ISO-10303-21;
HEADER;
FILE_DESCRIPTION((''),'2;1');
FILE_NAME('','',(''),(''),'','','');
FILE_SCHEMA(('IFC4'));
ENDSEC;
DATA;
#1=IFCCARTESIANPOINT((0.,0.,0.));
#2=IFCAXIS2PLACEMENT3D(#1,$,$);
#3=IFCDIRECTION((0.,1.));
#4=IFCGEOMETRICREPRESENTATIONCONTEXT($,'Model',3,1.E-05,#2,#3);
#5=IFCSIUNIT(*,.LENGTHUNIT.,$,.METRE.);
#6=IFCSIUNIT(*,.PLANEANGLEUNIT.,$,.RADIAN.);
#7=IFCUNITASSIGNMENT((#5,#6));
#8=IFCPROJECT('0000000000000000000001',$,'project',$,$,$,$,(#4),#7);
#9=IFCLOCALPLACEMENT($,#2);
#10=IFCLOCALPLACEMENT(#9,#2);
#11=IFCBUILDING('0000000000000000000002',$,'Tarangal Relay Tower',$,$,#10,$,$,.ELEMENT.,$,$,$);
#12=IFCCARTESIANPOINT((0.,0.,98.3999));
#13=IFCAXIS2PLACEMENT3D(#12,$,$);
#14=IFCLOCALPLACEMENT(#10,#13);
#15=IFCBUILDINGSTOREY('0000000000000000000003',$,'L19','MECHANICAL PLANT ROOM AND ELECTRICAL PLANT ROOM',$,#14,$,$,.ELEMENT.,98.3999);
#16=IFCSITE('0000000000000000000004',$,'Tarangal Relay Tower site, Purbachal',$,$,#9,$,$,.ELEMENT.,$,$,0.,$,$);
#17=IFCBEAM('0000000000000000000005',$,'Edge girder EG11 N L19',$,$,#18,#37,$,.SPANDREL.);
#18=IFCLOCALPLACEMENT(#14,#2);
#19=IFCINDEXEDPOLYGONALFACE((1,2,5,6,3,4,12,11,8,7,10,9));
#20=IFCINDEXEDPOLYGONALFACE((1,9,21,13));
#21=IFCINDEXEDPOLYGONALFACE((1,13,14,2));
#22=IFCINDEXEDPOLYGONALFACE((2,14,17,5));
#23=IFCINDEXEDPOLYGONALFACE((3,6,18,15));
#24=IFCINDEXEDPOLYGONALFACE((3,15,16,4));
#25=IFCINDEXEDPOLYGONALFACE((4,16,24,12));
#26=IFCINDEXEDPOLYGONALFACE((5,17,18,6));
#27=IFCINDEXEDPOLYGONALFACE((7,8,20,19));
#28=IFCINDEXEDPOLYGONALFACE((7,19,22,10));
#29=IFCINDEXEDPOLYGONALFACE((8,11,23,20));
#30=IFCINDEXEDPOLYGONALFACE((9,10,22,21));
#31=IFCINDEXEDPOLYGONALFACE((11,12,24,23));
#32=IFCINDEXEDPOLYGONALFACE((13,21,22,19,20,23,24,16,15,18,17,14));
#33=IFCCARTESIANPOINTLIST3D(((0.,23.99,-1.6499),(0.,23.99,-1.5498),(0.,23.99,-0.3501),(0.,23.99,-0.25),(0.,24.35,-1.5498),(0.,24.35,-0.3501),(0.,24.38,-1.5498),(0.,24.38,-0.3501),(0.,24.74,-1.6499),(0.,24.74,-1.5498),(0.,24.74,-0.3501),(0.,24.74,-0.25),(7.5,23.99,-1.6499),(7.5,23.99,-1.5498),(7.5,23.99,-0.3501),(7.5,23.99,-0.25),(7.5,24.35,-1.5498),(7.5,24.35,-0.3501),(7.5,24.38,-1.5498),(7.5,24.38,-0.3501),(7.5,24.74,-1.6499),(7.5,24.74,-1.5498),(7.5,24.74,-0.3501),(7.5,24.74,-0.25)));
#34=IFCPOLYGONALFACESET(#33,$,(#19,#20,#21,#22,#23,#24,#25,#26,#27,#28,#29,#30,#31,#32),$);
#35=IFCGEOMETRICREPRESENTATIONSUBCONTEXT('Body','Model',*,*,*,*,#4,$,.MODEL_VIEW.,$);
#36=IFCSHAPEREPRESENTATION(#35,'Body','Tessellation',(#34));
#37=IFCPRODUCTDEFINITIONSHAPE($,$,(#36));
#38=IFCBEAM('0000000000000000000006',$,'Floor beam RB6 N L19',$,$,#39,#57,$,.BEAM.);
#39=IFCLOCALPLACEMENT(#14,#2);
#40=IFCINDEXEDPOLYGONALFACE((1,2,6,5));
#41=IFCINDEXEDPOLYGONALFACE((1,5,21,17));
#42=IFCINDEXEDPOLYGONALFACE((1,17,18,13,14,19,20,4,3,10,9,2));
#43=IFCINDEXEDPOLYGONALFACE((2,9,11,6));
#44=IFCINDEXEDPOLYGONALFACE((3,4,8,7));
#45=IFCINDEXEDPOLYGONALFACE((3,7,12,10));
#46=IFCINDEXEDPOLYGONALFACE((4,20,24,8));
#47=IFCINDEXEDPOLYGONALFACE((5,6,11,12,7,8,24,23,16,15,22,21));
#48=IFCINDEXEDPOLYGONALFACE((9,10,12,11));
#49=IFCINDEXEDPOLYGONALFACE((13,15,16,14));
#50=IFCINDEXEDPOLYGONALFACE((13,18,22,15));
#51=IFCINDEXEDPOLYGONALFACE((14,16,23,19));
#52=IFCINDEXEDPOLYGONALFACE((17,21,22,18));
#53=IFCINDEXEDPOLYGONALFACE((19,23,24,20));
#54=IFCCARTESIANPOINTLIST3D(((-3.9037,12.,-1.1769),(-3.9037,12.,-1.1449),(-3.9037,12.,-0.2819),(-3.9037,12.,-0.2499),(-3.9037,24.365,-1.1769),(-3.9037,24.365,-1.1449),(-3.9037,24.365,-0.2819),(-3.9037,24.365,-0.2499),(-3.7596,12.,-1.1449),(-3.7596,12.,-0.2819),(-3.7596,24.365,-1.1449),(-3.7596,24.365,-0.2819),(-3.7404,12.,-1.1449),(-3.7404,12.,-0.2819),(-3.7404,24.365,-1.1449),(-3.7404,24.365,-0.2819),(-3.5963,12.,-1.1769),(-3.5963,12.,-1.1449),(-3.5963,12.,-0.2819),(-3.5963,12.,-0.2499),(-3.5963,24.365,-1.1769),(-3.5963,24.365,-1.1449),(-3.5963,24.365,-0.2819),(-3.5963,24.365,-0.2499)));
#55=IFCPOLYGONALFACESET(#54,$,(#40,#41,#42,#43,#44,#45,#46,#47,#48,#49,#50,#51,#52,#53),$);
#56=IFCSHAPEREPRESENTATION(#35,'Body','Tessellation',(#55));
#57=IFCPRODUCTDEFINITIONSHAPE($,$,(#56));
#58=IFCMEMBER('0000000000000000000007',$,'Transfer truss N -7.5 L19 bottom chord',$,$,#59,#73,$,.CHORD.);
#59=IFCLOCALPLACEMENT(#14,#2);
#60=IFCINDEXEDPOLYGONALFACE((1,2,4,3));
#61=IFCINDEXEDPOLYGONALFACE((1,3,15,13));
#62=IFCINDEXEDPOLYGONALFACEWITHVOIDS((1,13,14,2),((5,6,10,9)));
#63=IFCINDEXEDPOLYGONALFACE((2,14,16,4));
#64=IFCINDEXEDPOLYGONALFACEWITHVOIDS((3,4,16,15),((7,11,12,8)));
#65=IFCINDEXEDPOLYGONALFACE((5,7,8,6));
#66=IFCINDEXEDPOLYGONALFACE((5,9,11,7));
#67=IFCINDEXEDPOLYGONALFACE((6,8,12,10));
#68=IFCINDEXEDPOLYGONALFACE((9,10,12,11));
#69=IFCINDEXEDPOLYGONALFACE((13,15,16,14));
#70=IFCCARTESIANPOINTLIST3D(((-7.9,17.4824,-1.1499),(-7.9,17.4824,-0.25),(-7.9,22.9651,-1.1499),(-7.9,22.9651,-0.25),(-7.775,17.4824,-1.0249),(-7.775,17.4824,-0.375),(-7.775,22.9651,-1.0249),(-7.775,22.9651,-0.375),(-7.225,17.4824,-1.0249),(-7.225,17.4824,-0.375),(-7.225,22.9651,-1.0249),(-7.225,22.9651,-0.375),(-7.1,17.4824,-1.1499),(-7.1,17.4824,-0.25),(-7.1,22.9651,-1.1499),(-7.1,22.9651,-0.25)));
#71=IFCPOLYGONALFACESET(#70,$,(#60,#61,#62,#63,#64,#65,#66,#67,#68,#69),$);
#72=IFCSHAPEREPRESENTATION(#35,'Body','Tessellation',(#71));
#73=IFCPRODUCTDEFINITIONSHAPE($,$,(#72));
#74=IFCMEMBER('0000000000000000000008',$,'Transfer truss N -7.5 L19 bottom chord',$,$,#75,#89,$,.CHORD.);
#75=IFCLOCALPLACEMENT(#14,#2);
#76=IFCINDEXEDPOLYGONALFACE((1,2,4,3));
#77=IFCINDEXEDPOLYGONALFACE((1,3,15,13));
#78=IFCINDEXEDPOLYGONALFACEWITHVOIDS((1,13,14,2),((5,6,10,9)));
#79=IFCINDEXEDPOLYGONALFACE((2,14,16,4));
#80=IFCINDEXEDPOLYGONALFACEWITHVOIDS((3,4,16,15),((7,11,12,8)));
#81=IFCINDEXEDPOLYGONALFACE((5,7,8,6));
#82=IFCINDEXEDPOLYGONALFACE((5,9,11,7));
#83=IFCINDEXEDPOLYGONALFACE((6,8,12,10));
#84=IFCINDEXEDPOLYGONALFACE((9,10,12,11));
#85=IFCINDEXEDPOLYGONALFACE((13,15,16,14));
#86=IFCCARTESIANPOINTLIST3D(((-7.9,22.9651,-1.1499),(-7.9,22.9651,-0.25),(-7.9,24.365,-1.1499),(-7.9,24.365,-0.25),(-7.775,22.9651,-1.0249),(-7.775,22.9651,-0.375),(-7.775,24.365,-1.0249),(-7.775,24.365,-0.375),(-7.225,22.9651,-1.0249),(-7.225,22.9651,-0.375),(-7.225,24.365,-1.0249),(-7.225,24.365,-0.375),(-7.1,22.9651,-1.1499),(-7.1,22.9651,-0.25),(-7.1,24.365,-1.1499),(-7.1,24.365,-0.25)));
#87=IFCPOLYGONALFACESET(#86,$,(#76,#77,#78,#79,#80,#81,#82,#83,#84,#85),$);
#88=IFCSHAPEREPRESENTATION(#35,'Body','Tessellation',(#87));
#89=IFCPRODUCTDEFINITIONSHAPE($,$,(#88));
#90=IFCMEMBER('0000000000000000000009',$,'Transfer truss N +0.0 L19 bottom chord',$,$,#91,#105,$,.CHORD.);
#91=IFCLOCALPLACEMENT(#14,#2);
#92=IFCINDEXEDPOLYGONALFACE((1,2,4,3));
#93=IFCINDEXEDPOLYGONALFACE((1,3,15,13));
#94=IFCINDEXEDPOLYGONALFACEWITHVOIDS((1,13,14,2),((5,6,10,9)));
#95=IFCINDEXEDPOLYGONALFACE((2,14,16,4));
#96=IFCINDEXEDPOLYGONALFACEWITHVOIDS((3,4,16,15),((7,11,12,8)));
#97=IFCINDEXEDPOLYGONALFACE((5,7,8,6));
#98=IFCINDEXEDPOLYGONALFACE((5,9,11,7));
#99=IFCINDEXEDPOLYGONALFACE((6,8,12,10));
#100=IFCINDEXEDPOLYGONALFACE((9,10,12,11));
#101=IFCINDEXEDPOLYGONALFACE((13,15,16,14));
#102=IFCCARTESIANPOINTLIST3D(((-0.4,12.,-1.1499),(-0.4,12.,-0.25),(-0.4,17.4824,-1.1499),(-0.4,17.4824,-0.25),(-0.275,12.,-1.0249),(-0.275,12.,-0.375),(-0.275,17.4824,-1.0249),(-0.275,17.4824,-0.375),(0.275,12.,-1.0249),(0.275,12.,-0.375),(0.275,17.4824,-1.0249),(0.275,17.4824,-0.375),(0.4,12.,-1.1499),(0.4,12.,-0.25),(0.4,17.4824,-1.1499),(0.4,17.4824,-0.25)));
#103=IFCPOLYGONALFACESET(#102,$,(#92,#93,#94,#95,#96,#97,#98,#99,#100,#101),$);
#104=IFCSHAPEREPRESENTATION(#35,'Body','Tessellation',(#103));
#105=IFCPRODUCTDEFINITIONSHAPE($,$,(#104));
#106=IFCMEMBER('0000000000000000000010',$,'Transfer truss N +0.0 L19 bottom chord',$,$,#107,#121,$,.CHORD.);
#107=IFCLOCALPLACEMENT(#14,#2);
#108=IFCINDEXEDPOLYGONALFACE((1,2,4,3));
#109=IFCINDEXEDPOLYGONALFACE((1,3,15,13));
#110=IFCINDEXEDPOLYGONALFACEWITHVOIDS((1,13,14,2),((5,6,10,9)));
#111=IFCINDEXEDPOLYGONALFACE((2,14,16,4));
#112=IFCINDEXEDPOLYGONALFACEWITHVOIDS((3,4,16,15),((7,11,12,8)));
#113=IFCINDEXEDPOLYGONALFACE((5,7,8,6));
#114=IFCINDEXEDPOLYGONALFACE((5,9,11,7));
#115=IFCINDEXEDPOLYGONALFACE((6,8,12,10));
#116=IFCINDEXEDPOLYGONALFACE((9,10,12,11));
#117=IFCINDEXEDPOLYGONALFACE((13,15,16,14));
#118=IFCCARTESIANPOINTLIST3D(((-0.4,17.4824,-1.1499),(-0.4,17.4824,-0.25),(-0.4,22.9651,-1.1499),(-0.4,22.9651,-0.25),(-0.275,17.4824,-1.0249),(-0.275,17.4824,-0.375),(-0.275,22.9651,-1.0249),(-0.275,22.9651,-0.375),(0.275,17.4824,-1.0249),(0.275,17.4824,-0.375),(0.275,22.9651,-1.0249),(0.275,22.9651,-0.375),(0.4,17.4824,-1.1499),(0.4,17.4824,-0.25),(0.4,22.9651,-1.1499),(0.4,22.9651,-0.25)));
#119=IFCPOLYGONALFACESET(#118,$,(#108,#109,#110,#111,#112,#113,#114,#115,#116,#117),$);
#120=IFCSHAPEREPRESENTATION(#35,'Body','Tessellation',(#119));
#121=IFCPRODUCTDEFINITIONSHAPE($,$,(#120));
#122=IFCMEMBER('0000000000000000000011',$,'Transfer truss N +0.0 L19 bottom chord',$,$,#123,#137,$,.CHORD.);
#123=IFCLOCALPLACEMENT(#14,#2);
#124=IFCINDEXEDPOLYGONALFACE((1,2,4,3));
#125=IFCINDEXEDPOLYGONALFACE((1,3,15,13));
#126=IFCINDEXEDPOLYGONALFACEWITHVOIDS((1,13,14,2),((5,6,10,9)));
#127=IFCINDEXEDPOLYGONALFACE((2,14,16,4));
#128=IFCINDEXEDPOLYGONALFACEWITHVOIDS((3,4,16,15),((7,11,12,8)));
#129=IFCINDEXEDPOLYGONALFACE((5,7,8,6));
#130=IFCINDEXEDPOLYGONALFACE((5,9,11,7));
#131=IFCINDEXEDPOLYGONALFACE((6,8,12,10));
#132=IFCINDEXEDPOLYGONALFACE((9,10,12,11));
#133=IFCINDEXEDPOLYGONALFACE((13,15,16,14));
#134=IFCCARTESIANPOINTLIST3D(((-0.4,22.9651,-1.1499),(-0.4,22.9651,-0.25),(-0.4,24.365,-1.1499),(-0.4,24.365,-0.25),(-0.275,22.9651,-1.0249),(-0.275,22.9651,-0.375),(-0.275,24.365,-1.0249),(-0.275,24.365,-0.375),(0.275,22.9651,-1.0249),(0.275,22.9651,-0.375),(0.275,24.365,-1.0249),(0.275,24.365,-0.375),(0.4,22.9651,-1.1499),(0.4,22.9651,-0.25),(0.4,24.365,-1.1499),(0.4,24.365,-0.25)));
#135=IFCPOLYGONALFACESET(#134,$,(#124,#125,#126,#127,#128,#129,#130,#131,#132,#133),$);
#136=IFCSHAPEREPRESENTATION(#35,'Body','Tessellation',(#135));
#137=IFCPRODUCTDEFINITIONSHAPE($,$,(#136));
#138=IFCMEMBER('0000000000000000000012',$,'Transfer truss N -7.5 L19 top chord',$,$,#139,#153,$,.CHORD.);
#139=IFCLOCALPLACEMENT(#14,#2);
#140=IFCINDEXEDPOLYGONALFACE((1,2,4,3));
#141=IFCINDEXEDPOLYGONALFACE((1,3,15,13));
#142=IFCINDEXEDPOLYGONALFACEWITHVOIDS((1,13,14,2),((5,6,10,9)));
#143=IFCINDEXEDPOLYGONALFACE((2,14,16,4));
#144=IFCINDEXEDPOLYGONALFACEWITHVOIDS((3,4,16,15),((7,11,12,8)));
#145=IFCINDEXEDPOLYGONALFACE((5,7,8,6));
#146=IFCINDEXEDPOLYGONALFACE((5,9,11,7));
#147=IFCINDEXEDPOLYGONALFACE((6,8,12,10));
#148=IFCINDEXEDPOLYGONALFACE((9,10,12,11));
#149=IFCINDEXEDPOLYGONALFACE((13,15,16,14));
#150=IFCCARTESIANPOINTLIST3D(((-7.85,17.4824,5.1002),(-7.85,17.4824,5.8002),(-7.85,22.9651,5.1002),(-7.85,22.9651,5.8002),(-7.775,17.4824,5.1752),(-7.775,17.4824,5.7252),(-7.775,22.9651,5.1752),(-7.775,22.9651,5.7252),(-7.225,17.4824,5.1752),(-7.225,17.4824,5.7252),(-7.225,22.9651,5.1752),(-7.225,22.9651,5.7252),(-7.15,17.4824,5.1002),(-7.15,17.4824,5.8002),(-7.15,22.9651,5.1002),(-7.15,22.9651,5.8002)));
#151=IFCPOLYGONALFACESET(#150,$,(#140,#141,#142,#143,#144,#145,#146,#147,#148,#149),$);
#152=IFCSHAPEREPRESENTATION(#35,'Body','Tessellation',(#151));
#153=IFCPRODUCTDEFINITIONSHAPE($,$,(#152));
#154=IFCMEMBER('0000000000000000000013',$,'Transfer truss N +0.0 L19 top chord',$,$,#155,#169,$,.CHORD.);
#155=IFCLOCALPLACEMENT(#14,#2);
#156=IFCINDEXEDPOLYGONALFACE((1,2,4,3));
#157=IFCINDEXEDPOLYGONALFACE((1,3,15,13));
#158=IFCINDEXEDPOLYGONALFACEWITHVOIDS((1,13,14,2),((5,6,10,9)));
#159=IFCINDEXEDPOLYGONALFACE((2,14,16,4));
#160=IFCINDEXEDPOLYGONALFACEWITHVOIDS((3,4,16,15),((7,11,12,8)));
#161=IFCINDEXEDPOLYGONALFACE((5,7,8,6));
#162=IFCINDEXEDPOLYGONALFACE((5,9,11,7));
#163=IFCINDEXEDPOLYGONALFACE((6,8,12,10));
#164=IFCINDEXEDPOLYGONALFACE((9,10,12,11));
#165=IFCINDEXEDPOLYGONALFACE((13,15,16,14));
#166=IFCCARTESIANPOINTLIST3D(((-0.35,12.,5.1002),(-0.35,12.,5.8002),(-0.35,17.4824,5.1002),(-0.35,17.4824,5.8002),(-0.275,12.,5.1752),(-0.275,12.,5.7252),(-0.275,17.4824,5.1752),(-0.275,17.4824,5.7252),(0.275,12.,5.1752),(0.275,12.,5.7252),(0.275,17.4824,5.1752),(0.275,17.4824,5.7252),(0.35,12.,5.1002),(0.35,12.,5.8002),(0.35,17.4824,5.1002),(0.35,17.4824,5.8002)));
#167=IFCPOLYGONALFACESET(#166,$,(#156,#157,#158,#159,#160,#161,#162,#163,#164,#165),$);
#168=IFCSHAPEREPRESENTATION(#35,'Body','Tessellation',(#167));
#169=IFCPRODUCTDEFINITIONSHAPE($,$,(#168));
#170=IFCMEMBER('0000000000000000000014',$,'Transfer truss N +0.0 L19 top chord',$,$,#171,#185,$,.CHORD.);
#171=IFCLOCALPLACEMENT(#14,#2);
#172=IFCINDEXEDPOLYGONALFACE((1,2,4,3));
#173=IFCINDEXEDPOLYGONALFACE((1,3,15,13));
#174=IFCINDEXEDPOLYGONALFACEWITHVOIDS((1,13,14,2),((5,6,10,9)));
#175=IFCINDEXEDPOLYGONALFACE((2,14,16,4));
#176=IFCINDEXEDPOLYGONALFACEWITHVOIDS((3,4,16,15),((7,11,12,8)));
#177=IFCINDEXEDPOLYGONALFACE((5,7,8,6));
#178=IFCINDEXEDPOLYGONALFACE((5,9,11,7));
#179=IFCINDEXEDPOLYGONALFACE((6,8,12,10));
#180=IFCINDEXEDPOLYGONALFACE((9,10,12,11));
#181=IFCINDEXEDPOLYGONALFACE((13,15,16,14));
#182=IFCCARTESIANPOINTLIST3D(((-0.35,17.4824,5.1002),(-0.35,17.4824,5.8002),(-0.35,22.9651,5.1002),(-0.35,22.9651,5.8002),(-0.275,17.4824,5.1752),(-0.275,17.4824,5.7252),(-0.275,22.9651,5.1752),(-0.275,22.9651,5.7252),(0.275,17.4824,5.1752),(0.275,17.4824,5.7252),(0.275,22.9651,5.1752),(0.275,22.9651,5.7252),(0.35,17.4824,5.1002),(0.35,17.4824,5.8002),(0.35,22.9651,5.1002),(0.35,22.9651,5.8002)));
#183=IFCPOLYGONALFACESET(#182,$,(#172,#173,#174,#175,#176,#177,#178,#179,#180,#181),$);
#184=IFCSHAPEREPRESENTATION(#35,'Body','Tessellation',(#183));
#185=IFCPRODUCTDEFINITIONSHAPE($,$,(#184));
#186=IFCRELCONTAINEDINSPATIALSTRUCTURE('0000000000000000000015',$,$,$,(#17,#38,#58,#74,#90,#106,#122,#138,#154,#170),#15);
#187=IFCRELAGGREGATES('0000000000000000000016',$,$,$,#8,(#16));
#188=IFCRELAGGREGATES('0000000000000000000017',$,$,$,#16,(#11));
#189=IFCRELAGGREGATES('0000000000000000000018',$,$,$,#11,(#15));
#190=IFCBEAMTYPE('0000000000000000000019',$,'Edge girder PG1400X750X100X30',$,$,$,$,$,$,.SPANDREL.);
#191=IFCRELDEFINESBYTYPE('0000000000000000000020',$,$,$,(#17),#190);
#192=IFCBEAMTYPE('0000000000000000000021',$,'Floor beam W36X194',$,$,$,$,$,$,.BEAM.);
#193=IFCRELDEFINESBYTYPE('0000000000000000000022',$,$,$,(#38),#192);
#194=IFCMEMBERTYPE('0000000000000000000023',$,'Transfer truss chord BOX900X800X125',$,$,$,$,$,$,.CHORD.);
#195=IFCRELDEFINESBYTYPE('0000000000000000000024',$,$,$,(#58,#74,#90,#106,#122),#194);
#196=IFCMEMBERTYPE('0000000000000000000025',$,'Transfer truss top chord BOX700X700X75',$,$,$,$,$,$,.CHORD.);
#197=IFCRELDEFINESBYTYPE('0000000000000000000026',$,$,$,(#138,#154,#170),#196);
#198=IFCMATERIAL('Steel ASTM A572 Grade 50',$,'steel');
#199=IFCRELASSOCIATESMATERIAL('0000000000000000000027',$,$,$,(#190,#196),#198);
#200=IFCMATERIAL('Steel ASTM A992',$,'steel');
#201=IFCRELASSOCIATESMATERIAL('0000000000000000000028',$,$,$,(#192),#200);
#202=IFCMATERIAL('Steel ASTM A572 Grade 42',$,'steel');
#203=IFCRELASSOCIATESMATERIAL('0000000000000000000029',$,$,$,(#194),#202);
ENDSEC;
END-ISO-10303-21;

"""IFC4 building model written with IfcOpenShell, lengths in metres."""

from ifc_helpers import new_model, si_unit, direction, frame, origin, origin_2d, place, context, subcontext, project, spatial, hollow_rectangle, i_section, extrude, material, material_profile, profile_set, type_object, element, save


model = new_model("IFC4")

# Units and contexts
model_context = context("Model", 3, precision=1e-05, world=origin(), true_north=direction((0.0, 1.0)))
body_context = subcontext(model_context, "Body", "Model", "MODEL_VIEW")
ifc_project = project(units=[si_unit("LENGTHUNIT", "METRE"), si_unit("PLANEANGLEUNIT", "RADIAN")], contexts=[model_context])

# Site, building, storey
site_placement = place(None, origin())
site = spatial("IfcSite", under=ifc_project, at=site_placement, Name="Tarangal Relay Tower site, Purbachal", CompositionType="ELEMENT", RefElevation=0.0)
building_placement = place(site_placement, origin())
building = spatial("IfcBuilding", under=site, at=building_placement, Name="Tarangal Relay Tower", CompositionType="ELEMENT")
storey_placement = place(building_placement, frame((0.0, 0.0, 98.3999)))
storey = spatial("IfcBuildingStorey", under=building, at=storey_placement, Name="L19", Description="MECHANICAL PLANT ROOM AND ELECTRICAL PLANT ROOM", CompositionType="ELEMENT", Elevation=98.3999)

# Shared definitions
ifc_material_1 = material(Name="Steel ASTM A572 Grade 50", Category="steel")

# Shared definitions
ifc_material_2 = material(Name="Steel ASTM A992", Category="steel")

# Beams
ifc_material_profile_1 = material_profile(ifc_material_1, i_section(OverallWidth=0.75, OverallDepth=1.3999, WebThickness=0.03, FlangeThickness=0.1001, at=origin_2d()), Name="PG1400X750X100X30")
ifc_profile_set_1 = profile_set([ifc_material_profile_1], Name="Steel ASTM A572 Grade 50")
beam_type_1 = type_object("IfcBeamType", Name="Edge girder PG1400X750X100X30", PredefinedType="SPANDREL", material=ifc_profile_set_1)
for number, where, z_axis, x_axis, name in (
    (1, (0.0, 24.365, -0.95), (1.0, 0.0, 0.0), (0.0, 1.0, 0.0), "Edge girder EG11 N L19"),
):
    element("IfcBeam", number, at=place(storey_placement, frame(where, z_axis=z_axis, x_axis=x_axis)), inside=storey, type_object=beam_type_1, Name=name, PredefinedType="SPANDREL", context=body_context, shape_type="SweptSolid", body=[
        extrude(i_section(OverallWidth=0.75, OverallDepth=1.3999, WebThickness=0.03, FlangeThickness=0.1001, at=origin_2d()), origin(), (0.0, 0.0, 1.0), 7.5),
    ])
ifc_material_profile_2 = material_profile(ifc_material_2, i_section(OverallWidth=0.3074, OverallDepth=0.927, WebThickness=0.0193, FlangeThickness=0.032, at=origin_2d()), Name="W36X194")
ifc_profile_set_2 = profile_set([ifc_material_profile_2], Name="Steel ASTM A992")
beam_type_2 = type_object("IfcBeamType", Name="Floor beam W36X194", PredefinedType="BEAM", material=ifc_profile_set_2)
beam_placement = place(storey_placement, frame((-3.75, 12.0, -0.7134), z_axis=(0.0, 1.0, 0.0), x_axis=(-1.0, 0.0, 0.0)))
element("IfcBeam", 2, at=beam_placement, inside=storey, type_object=beam_type_2, Name="Floor beam RB6 N L19", PredefinedType="BEAM", context=body_context, shape_type="SweptSolid", body=[
    extrude(i_section(OverallWidth=0.3074, OverallDepth=0.927, WebThickness=0.0193, FlangeThickness=0.032, at=origin_2d()), origin(), (0.0, 0.0, 1.0), 12.365),
])

# Members
ifc_material_3 = material(Name="Steel ASTM A572 Grade 42", Category="steel")
ifc_material_profile_3 = material_profile(ifc_material_3, hollow_rectangle(XDim=0.8, YDim=0.8999, WallThickness=0.125, at=origin_2d()), Name="BOX900X800X125")
ifc_profile_set_3 = profile_set([ifc_material_profile_3], Name="Steel ASTM A572 Grade 42")
member_type_1 = type_object("IfcMemberType", Name="Transfer truss chord BOX900X800X125", PredefinedType="CHORD", material=ifc_profile_set_3)
member_1_placement = place(storey_placement, frame((-7.5, 17.4824, -0.7), z_axis=(0.0, 1.0, 0.0), x_axis=(-1.0, 0.0, 0.0)))
element("IfcMember", 3, at=member_1_placement, inside=storey, type_object=member_type_1, Name="Transfer truss N -7.5 L19 bottom chord", PredefinedType="CHORD", context=body_context, shape_type="SweptSolid", body=[
    extrude(hollow_rectangle(XDim=0.8, YDim=0.8999, WallThickness=0.125, at=origin_2d()), origin(), (0.0, 0.0, 1.0), 5.4827),
])
member_2_placement = place(storey_placement, frame((-7.5, 22.9651, -0.7), z_axis=(0.0, 1.0, 0.0), x_axis=(-1.0, 0.0, 0.0)))
element("IfcMember", 4, at=member_2_placement, inside=storey, type_object=member_type_1, Name="Transfer truss N -7.5 L19 bottom chord", PredefinedType="CHORD", context=body_context, shape_type="SweptSolid", body=[
    extrude(hollow_rectangle(XDim=0.8, YDim=0.8999, WallThickness=0.125, at=origin_2d()), origin(), (0.0, 0.0, 1.0), 1.3999),
])
member_3_placement = place(storey_placement, frame((0.0, 12.0, -0.7), z_axis=(0.0, 1.0, 0.0), x_axis=(-1.0, 0.0, 0.0)))
element("IfcMember", 5, at=member_3_placement, inside=storey, type_object=member_type_1, Name="Transfer truss N +0.0 L19 bottom chord", PredefinedType="CHORD", context=body_context, shape_type="SweptSolid", body=[
    extrude(hollow_rectangle(XDim=0.8, YDim=0.8999, WallThickness=0.125, at=origin_2d()), origin(), (0.0, 0.0, 1.0), 5.4824),
])
member_4_placement = place(storey_placement, frame((0.0, 17.4824, -0.7), z_axis=(0.0, 1.0, 0.0), x_axis=(-1.0, 0.0, 0.0)))
element("IfcMember", 6, at=member_4_placement, inside=storey, type_object=member_type_1, Name="Transfer truss N +0.0 L19 bottom chord", PredefinedType="CHORD", context=body_context, shape_type="SweptSolid", body=[
    extrude(hollow_rectangle(XDim=0.8, YDim=0.8999, WallThickness=0.125, at=origin_2d()), origin(), (0.0, 0.0, 1.0), 5.4827),
])
member_5_placement = place(storey_placement, frame((0.0, 22.9651, -0.7), z_axis=(0.0, 1.0, 0.0), x_axis=(-1.0, 0.0, 0.0)))
element("IfcMember", 7, at=member_5_placement, inside=storey, type_object=member_type_1, Name="Transfer truss N +0.0 L19 bottom chord", PredefinedType="CHORD", context=body_context, shape_type="SweptSolid", body=[
    extrude(hollow_rectangle(XDim=0.8, YDim=0.8999, WallThickness=0.125, at=origin_2d()), origin(), (0.0, 0.0, 1.0), 1.3999),
])
ifc_material_profile_4 = material_profile(ifc_material_1, hollow_rectangle(XDim=0.7, YDim=0.7, WallThickness=0.075, at=origin_2d()), Name="BOX700X700X75")
ifc_profile_set_4 = profile_set([ifc_material_profile_4], Name="Steel ASTM A572 Grade 50")
member_type_2 = type_object("IfcMemberType", Name="Transfer truss top chord BOX700X700X75", PredefinedType="CHORD", material=ifc_profile_set_4)
member_6_placement = place(storey_placement, frame((-7.5, 17.4824, 5.4502), z_axis=(0.0, 1.0, 0.0), x_axis=(-1.0, 0.0, 0.0)))
element("IfcMember", 8, at=member_6_placement, inside=storey, type_object=member_type_2, Name="Transfer truss N -7.5 L19 top chord", PredefinedType="CHORD", context=body_context, shape_type="SweptSolid", body=[
    extrude(hollow_rectangle(XDim=0.7, YDim=0.7, WallThickness=0.075, at=origin_2d()), origin(), (0.0, 0.0, 1.0), 5.4827),
])
member_7_placement = place(storey_placement, frame((0.0, 12.0, 5.4502), z_axis=(0.0, 1.0, 0.0), x_axis=(-1.0, 0.0, 0.0)))
element("IfcMember", 9, at=member_7_placement, inside=storey, type_object=member_type_2, Name="Transfer truss N +0.0 L19 top chord", PredefinedType="CHORD", context=body_context, shape_type="SweptSolid", body=[
    extrude(hollow_rectangle(XDim=0.7, YDim=0.7, WallThickness=0.075, at=origin_2d()), origin(), (0.0, 0.0, 1.0), 5.4824),
])
member_8_placement = place(storey_placement, frame((0.0, 17.4824, 5.4502), z_axis=(0.0, 1.0, 0.0), x_axis=(-1.0, 0.0, 0.0)))
element("IfcMember", 10, at=member_8_placement, inside=storey, type_object=member_type_2, Name="Transfer truss N +0.0 L19 top chord", PredefinedType="CHORD", context=body_context, shape_type="SweptSolid", body=[
    extrude(hollow_rectangle(XDim=0.7, YDim=0.7, WallThickness=0.075, at=origin_2d()), origin(), (0.0, 0.0, 1.0), 5.4827),
])

save(model, "model.ifc")
